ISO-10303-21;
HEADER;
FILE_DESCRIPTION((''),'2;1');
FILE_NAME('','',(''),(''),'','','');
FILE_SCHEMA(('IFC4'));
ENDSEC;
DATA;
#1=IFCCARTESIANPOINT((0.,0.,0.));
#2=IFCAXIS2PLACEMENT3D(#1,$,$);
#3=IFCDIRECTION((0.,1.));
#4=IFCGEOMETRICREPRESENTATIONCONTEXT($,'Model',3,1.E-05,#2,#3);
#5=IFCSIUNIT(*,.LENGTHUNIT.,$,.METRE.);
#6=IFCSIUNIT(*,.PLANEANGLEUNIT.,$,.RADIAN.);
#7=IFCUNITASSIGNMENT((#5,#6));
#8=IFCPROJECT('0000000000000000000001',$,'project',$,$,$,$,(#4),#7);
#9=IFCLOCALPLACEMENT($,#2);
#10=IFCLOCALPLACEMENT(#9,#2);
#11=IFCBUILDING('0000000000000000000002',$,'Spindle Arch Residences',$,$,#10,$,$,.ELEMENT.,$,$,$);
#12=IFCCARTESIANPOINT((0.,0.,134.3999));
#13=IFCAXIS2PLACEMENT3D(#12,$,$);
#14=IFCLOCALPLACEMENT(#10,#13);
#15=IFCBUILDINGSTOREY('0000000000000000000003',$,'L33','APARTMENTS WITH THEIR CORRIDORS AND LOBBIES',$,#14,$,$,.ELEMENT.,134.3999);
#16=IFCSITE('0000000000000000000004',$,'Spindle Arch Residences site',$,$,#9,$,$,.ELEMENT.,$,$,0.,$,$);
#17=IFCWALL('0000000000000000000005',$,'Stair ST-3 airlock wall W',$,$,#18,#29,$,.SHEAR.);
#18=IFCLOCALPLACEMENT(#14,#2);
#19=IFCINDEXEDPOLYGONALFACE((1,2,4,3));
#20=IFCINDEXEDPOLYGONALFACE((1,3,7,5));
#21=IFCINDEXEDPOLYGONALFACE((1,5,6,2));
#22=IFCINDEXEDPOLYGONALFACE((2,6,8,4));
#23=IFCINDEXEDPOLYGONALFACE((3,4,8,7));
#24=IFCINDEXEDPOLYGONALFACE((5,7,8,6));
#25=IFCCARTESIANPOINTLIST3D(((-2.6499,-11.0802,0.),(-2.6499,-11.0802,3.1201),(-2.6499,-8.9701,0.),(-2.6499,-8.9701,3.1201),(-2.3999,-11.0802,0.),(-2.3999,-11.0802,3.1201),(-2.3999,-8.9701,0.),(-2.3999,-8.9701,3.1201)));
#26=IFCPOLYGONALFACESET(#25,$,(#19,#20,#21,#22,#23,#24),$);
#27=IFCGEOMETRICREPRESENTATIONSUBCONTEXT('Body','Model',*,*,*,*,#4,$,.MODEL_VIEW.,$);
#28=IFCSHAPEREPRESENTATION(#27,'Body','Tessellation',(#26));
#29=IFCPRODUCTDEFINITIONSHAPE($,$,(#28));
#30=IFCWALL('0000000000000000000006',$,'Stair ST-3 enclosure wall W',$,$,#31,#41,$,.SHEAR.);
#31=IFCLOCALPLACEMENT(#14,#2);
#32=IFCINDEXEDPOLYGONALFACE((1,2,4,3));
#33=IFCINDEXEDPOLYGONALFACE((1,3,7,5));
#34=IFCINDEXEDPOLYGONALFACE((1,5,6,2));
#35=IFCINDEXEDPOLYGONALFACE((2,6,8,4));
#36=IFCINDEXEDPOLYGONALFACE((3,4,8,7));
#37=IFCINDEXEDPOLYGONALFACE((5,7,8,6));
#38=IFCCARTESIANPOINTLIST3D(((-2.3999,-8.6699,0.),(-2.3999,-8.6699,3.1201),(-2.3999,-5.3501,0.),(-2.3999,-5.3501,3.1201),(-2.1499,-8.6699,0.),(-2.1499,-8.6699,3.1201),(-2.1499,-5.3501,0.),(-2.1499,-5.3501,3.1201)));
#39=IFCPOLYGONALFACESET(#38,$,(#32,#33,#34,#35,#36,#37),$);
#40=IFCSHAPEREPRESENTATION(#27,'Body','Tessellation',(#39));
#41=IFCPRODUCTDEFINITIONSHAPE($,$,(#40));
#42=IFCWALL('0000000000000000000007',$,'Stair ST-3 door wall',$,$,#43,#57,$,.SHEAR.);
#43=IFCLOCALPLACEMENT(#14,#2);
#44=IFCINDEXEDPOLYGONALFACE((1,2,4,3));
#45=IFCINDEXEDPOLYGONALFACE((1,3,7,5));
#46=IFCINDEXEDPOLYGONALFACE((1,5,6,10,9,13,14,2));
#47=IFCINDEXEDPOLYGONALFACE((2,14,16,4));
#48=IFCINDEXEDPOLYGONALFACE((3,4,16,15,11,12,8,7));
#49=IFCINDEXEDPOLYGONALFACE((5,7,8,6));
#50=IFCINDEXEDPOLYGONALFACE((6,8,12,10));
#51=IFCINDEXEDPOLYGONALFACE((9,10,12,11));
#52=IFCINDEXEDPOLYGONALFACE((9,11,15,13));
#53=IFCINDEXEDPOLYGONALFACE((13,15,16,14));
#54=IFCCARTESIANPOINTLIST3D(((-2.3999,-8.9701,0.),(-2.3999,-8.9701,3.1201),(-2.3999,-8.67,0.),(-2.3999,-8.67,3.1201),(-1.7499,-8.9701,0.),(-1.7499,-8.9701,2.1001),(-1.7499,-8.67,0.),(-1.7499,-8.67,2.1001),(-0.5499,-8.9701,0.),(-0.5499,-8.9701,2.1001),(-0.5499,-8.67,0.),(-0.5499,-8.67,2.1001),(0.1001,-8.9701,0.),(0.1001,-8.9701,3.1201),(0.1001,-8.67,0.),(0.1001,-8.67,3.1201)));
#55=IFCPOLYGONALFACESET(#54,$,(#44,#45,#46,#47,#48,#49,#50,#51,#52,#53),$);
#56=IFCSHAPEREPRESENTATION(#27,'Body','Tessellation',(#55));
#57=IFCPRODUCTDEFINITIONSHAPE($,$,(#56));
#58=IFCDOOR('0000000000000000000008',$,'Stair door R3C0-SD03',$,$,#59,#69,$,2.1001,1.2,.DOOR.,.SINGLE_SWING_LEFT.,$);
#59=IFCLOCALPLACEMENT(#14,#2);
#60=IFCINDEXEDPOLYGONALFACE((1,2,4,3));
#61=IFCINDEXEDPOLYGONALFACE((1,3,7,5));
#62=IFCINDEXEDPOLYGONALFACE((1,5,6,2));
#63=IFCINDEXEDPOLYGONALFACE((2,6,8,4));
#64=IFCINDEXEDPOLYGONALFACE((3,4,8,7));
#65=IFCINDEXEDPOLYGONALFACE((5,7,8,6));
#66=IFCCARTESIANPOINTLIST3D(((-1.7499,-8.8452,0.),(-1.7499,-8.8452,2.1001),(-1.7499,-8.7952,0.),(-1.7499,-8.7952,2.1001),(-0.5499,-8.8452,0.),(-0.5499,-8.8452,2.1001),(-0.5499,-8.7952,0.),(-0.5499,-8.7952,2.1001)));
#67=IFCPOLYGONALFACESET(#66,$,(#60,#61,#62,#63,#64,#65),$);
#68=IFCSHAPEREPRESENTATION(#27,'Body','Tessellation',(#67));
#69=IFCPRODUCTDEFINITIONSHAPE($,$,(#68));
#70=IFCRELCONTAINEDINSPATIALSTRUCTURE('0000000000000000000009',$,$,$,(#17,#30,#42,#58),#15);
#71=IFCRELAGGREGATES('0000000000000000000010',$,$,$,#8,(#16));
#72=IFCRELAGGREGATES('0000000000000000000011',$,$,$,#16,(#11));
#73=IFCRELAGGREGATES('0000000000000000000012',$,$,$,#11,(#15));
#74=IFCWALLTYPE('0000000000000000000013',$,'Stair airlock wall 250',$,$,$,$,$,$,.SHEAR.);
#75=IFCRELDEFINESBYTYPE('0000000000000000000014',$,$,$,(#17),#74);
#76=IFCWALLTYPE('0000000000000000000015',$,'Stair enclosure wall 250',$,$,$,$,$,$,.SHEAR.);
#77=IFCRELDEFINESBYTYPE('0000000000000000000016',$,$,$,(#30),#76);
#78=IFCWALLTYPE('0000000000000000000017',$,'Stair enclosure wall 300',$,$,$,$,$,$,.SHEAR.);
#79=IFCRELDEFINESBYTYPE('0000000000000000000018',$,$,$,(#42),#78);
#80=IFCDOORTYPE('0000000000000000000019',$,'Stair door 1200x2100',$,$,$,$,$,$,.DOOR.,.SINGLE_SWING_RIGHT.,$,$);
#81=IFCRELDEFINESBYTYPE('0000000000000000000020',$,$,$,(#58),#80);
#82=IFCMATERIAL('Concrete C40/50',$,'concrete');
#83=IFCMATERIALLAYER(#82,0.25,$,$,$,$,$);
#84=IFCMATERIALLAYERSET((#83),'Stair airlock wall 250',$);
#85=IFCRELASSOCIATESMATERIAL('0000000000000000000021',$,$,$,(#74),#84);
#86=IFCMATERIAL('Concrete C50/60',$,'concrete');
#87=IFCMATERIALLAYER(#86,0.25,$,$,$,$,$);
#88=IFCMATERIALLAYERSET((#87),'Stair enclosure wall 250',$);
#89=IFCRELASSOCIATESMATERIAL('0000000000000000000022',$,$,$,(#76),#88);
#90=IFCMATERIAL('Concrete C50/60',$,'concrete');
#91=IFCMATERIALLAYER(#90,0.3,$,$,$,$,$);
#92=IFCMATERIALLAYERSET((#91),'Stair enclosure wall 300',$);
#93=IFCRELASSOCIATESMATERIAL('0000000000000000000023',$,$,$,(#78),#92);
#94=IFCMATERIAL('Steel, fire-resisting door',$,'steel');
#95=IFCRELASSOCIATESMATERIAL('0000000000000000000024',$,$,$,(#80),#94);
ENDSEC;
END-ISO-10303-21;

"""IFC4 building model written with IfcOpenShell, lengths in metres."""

from ifc_helpers import new_model, si_unit, direction, frame, frame_2d, origin, place, context, subcontext, project, spatial, rectangle, extrude, material, layer, layer_set, type_object, element, fill, save


model = new_model("IFC4")

# Units and contexts
model_context = context("Model", 3, precision=1e-05, world=origin(), true_north=direction((0.0, 1.0)))
body_context = subcontext(model_context, "Body", "Model", "MODEL_VIEW")
ifc_project = project(units=[si_unit("LENGTHUNIT", "METRE"), si_unit("PLANEANGLEUNIT", "RADIAN")], contexts=[model_context])

# Site, building, storey
site_placement = place(None, origin())
site = spatial("IfcSite", under=ifc_project, at=site_placement, Name="Spindle Arch Residences site", CompositionType="ELEMENT", RefElevation=0.0)
building_placement = place(site_placement, origin())
building = spatial("IfcBuilding", under=site, at=building_placement, Name="Spindle Arch Residences", CompositionType="ELEMENT")
storey_placement = place(building_placement, frame((0.0, 0.0, 134.3999)))
storey = spatial("IfcBuildingStorey", under=building, at=storey_placement, Name="L33", Description="APARTMENTS WITH THEIR CORRIDORS AND LOBBIES", CompositionType="ELEMENT", Elevation=134.3999)

# Walls
ifc_material_1 = material(Name="Concrete C40/50", Category="concrete")
ifc_layer_1 = layer(ifc_material_1, 0.25)
ifc_layer_set_1 = layer_set([ifc_layer_1], Name="Stair airlock wall 250")
wall_type_1 = type_object("IfcWallType", Name="Stair airlock wall 250", PredefinedType="SHEAR", material=ifc_layer_set_1)
wall_1_placement = place(storey_placement, frame((-2.5249, -8.97, 0.0), z_axis=(0.0, 0.0, 1.0), x_axis=(0.0, -1.0, 0.0)))
element("IfcWall", 1, at=wall_1_placement, inside=storey, type_object=wall_type_1, Name="Stair ST-3 airlock wall W", PredefinedType="SHEAR", context=body_context, shape_type="SweptSolid", body=[
    extrude(rectangle(XDim=2.1101, YDim=0.25, at=frame_2d((1.0552, 0.0))), origin(), (0.0, 0.0, 1.0), 3.1201),
])
ifc_material_2 = material(Name="Concrete C50/60", Category="concrete")
ifc_layer_2 = layer(ifc_material_2, 0.25)
ifc_layer_set_2 = layer_set([ifc_layer_2], Name="Stair enclosure wall 250")
wall_type_2 = type_object("IfcWallType", Name="Stair enclosure wall 250", PredefinedType="SHEAR", material=ifc_layer_set_2)
wall_2_placement = place(storey_placement, frame((-2.2749, -8.6699, 0.0), z_axis=(0.0, 0.0, 1.0), x_axis=(0.0, 1.0, 0.0)))
element("IfcWall", 2, at=wall_2_placement, inside=storey, type_object=wall_type_2, Name="Stair ST-3 enclosure wall W", PredefinedType="SHEAR", context=body_context, shape_type="SweptSolid", body=[
    extrude(rectangle(XDim=3.3198, YDim=0.25, at=frame_2d((1.6599, 0.0))), origin(), (0.0, 0.0, 1.0), 3.1201),
])

# Wall, opening, door
ifc_material_3 = material(Name="Concrete C50/60", Category="concrete")
ifc_layer_3 = layer(ifc_material_3, 0.3)
ifc_layer_set_3 = layer_set([ifc_layer_3], Name="Stair enclosure wall 300")
wall_type_3 = type_object("IfcWallType", Name="Stair enclosure wall 300", PredefinedType="SHEAR", material=ifc_layer_set_3)
wall_3_placement = place(storey_placement, frame((-2.3999, -8.8201, 0.0), z_axis=(0.0, 0.0, 1.0), x_axis=(1.0, 0.0, 0.0)))
wall_3 = element("IfcWall", 3, at=wall_3_placement, inside=storey, type_object=wall_type_3, Name="Stair ST-3 door wall", PredefinedType="SHEAR", context=body_context, shape_type="SweptSolid", body=[
    extrude(rectangle(XDim=2.5, YDim=0.3, at=frame_2d((1.25, 0.0))), origin(), (0.0, 0.0, 1.0), 3.1201),
])
opening_1_placement = place(wall_3_placement, frame((0.6499, 0.0, 0.0)))
opening_1 = element("IfcOpeningElement", 4, at=opening_1_placement, cuts=wall_3, PredefinedType="OPENING", context=body_context, shape_type="SweptSolid", body=[
    extrude(rectangle(XDim=1.2, YDim=2.1001, at=frame_2d((0.6001, 1.05))), frame((0.0, 0.1602, 0.0), z_axis=(0.0, -1.0, 0.0), x_axis=(1.0, 0.0, 0.0)), (0.0, 0.0, 1.0), 0.3201),
])
ifc_material_4 = material(Name="Steel, fire-resisting door", Category="steel")
door_type_1 = type_object("IfcDoorType", Name="Stair door 1200x2100", OperationType="SINGLE_SWING_RIGHT", PredefinedType="DOOR", material=ifc_material_4)
door_1_placement = place(opening_1_placement, origin())
door_1 = element("IfcDoor", 5, at=door_1_placement, inside=storey, type_object=door_type_1, Name="Stair door R3C0-SD03", OperationType="SINGLE_SWING_LEFT", OverallHeight=2.1001, OverallWidth=1.2, PredefinedType="DOOR", context=body_context, shape_type="SweptSolid", body=[
    extrude(rectangle(XDim=1.2, YDim=2.1001, at=frame_2d((0.6001, 1.05))), frame((0.0, 0.0249, 0.0), z_axis=(0.0, -1.0, 0.0), x_axis=(1.0, 0.0, 0.0)), (0.0, 0.0, 1.0), 0.05),
])
fill(opening_1, door_1)

save(model, "model.ifc")
